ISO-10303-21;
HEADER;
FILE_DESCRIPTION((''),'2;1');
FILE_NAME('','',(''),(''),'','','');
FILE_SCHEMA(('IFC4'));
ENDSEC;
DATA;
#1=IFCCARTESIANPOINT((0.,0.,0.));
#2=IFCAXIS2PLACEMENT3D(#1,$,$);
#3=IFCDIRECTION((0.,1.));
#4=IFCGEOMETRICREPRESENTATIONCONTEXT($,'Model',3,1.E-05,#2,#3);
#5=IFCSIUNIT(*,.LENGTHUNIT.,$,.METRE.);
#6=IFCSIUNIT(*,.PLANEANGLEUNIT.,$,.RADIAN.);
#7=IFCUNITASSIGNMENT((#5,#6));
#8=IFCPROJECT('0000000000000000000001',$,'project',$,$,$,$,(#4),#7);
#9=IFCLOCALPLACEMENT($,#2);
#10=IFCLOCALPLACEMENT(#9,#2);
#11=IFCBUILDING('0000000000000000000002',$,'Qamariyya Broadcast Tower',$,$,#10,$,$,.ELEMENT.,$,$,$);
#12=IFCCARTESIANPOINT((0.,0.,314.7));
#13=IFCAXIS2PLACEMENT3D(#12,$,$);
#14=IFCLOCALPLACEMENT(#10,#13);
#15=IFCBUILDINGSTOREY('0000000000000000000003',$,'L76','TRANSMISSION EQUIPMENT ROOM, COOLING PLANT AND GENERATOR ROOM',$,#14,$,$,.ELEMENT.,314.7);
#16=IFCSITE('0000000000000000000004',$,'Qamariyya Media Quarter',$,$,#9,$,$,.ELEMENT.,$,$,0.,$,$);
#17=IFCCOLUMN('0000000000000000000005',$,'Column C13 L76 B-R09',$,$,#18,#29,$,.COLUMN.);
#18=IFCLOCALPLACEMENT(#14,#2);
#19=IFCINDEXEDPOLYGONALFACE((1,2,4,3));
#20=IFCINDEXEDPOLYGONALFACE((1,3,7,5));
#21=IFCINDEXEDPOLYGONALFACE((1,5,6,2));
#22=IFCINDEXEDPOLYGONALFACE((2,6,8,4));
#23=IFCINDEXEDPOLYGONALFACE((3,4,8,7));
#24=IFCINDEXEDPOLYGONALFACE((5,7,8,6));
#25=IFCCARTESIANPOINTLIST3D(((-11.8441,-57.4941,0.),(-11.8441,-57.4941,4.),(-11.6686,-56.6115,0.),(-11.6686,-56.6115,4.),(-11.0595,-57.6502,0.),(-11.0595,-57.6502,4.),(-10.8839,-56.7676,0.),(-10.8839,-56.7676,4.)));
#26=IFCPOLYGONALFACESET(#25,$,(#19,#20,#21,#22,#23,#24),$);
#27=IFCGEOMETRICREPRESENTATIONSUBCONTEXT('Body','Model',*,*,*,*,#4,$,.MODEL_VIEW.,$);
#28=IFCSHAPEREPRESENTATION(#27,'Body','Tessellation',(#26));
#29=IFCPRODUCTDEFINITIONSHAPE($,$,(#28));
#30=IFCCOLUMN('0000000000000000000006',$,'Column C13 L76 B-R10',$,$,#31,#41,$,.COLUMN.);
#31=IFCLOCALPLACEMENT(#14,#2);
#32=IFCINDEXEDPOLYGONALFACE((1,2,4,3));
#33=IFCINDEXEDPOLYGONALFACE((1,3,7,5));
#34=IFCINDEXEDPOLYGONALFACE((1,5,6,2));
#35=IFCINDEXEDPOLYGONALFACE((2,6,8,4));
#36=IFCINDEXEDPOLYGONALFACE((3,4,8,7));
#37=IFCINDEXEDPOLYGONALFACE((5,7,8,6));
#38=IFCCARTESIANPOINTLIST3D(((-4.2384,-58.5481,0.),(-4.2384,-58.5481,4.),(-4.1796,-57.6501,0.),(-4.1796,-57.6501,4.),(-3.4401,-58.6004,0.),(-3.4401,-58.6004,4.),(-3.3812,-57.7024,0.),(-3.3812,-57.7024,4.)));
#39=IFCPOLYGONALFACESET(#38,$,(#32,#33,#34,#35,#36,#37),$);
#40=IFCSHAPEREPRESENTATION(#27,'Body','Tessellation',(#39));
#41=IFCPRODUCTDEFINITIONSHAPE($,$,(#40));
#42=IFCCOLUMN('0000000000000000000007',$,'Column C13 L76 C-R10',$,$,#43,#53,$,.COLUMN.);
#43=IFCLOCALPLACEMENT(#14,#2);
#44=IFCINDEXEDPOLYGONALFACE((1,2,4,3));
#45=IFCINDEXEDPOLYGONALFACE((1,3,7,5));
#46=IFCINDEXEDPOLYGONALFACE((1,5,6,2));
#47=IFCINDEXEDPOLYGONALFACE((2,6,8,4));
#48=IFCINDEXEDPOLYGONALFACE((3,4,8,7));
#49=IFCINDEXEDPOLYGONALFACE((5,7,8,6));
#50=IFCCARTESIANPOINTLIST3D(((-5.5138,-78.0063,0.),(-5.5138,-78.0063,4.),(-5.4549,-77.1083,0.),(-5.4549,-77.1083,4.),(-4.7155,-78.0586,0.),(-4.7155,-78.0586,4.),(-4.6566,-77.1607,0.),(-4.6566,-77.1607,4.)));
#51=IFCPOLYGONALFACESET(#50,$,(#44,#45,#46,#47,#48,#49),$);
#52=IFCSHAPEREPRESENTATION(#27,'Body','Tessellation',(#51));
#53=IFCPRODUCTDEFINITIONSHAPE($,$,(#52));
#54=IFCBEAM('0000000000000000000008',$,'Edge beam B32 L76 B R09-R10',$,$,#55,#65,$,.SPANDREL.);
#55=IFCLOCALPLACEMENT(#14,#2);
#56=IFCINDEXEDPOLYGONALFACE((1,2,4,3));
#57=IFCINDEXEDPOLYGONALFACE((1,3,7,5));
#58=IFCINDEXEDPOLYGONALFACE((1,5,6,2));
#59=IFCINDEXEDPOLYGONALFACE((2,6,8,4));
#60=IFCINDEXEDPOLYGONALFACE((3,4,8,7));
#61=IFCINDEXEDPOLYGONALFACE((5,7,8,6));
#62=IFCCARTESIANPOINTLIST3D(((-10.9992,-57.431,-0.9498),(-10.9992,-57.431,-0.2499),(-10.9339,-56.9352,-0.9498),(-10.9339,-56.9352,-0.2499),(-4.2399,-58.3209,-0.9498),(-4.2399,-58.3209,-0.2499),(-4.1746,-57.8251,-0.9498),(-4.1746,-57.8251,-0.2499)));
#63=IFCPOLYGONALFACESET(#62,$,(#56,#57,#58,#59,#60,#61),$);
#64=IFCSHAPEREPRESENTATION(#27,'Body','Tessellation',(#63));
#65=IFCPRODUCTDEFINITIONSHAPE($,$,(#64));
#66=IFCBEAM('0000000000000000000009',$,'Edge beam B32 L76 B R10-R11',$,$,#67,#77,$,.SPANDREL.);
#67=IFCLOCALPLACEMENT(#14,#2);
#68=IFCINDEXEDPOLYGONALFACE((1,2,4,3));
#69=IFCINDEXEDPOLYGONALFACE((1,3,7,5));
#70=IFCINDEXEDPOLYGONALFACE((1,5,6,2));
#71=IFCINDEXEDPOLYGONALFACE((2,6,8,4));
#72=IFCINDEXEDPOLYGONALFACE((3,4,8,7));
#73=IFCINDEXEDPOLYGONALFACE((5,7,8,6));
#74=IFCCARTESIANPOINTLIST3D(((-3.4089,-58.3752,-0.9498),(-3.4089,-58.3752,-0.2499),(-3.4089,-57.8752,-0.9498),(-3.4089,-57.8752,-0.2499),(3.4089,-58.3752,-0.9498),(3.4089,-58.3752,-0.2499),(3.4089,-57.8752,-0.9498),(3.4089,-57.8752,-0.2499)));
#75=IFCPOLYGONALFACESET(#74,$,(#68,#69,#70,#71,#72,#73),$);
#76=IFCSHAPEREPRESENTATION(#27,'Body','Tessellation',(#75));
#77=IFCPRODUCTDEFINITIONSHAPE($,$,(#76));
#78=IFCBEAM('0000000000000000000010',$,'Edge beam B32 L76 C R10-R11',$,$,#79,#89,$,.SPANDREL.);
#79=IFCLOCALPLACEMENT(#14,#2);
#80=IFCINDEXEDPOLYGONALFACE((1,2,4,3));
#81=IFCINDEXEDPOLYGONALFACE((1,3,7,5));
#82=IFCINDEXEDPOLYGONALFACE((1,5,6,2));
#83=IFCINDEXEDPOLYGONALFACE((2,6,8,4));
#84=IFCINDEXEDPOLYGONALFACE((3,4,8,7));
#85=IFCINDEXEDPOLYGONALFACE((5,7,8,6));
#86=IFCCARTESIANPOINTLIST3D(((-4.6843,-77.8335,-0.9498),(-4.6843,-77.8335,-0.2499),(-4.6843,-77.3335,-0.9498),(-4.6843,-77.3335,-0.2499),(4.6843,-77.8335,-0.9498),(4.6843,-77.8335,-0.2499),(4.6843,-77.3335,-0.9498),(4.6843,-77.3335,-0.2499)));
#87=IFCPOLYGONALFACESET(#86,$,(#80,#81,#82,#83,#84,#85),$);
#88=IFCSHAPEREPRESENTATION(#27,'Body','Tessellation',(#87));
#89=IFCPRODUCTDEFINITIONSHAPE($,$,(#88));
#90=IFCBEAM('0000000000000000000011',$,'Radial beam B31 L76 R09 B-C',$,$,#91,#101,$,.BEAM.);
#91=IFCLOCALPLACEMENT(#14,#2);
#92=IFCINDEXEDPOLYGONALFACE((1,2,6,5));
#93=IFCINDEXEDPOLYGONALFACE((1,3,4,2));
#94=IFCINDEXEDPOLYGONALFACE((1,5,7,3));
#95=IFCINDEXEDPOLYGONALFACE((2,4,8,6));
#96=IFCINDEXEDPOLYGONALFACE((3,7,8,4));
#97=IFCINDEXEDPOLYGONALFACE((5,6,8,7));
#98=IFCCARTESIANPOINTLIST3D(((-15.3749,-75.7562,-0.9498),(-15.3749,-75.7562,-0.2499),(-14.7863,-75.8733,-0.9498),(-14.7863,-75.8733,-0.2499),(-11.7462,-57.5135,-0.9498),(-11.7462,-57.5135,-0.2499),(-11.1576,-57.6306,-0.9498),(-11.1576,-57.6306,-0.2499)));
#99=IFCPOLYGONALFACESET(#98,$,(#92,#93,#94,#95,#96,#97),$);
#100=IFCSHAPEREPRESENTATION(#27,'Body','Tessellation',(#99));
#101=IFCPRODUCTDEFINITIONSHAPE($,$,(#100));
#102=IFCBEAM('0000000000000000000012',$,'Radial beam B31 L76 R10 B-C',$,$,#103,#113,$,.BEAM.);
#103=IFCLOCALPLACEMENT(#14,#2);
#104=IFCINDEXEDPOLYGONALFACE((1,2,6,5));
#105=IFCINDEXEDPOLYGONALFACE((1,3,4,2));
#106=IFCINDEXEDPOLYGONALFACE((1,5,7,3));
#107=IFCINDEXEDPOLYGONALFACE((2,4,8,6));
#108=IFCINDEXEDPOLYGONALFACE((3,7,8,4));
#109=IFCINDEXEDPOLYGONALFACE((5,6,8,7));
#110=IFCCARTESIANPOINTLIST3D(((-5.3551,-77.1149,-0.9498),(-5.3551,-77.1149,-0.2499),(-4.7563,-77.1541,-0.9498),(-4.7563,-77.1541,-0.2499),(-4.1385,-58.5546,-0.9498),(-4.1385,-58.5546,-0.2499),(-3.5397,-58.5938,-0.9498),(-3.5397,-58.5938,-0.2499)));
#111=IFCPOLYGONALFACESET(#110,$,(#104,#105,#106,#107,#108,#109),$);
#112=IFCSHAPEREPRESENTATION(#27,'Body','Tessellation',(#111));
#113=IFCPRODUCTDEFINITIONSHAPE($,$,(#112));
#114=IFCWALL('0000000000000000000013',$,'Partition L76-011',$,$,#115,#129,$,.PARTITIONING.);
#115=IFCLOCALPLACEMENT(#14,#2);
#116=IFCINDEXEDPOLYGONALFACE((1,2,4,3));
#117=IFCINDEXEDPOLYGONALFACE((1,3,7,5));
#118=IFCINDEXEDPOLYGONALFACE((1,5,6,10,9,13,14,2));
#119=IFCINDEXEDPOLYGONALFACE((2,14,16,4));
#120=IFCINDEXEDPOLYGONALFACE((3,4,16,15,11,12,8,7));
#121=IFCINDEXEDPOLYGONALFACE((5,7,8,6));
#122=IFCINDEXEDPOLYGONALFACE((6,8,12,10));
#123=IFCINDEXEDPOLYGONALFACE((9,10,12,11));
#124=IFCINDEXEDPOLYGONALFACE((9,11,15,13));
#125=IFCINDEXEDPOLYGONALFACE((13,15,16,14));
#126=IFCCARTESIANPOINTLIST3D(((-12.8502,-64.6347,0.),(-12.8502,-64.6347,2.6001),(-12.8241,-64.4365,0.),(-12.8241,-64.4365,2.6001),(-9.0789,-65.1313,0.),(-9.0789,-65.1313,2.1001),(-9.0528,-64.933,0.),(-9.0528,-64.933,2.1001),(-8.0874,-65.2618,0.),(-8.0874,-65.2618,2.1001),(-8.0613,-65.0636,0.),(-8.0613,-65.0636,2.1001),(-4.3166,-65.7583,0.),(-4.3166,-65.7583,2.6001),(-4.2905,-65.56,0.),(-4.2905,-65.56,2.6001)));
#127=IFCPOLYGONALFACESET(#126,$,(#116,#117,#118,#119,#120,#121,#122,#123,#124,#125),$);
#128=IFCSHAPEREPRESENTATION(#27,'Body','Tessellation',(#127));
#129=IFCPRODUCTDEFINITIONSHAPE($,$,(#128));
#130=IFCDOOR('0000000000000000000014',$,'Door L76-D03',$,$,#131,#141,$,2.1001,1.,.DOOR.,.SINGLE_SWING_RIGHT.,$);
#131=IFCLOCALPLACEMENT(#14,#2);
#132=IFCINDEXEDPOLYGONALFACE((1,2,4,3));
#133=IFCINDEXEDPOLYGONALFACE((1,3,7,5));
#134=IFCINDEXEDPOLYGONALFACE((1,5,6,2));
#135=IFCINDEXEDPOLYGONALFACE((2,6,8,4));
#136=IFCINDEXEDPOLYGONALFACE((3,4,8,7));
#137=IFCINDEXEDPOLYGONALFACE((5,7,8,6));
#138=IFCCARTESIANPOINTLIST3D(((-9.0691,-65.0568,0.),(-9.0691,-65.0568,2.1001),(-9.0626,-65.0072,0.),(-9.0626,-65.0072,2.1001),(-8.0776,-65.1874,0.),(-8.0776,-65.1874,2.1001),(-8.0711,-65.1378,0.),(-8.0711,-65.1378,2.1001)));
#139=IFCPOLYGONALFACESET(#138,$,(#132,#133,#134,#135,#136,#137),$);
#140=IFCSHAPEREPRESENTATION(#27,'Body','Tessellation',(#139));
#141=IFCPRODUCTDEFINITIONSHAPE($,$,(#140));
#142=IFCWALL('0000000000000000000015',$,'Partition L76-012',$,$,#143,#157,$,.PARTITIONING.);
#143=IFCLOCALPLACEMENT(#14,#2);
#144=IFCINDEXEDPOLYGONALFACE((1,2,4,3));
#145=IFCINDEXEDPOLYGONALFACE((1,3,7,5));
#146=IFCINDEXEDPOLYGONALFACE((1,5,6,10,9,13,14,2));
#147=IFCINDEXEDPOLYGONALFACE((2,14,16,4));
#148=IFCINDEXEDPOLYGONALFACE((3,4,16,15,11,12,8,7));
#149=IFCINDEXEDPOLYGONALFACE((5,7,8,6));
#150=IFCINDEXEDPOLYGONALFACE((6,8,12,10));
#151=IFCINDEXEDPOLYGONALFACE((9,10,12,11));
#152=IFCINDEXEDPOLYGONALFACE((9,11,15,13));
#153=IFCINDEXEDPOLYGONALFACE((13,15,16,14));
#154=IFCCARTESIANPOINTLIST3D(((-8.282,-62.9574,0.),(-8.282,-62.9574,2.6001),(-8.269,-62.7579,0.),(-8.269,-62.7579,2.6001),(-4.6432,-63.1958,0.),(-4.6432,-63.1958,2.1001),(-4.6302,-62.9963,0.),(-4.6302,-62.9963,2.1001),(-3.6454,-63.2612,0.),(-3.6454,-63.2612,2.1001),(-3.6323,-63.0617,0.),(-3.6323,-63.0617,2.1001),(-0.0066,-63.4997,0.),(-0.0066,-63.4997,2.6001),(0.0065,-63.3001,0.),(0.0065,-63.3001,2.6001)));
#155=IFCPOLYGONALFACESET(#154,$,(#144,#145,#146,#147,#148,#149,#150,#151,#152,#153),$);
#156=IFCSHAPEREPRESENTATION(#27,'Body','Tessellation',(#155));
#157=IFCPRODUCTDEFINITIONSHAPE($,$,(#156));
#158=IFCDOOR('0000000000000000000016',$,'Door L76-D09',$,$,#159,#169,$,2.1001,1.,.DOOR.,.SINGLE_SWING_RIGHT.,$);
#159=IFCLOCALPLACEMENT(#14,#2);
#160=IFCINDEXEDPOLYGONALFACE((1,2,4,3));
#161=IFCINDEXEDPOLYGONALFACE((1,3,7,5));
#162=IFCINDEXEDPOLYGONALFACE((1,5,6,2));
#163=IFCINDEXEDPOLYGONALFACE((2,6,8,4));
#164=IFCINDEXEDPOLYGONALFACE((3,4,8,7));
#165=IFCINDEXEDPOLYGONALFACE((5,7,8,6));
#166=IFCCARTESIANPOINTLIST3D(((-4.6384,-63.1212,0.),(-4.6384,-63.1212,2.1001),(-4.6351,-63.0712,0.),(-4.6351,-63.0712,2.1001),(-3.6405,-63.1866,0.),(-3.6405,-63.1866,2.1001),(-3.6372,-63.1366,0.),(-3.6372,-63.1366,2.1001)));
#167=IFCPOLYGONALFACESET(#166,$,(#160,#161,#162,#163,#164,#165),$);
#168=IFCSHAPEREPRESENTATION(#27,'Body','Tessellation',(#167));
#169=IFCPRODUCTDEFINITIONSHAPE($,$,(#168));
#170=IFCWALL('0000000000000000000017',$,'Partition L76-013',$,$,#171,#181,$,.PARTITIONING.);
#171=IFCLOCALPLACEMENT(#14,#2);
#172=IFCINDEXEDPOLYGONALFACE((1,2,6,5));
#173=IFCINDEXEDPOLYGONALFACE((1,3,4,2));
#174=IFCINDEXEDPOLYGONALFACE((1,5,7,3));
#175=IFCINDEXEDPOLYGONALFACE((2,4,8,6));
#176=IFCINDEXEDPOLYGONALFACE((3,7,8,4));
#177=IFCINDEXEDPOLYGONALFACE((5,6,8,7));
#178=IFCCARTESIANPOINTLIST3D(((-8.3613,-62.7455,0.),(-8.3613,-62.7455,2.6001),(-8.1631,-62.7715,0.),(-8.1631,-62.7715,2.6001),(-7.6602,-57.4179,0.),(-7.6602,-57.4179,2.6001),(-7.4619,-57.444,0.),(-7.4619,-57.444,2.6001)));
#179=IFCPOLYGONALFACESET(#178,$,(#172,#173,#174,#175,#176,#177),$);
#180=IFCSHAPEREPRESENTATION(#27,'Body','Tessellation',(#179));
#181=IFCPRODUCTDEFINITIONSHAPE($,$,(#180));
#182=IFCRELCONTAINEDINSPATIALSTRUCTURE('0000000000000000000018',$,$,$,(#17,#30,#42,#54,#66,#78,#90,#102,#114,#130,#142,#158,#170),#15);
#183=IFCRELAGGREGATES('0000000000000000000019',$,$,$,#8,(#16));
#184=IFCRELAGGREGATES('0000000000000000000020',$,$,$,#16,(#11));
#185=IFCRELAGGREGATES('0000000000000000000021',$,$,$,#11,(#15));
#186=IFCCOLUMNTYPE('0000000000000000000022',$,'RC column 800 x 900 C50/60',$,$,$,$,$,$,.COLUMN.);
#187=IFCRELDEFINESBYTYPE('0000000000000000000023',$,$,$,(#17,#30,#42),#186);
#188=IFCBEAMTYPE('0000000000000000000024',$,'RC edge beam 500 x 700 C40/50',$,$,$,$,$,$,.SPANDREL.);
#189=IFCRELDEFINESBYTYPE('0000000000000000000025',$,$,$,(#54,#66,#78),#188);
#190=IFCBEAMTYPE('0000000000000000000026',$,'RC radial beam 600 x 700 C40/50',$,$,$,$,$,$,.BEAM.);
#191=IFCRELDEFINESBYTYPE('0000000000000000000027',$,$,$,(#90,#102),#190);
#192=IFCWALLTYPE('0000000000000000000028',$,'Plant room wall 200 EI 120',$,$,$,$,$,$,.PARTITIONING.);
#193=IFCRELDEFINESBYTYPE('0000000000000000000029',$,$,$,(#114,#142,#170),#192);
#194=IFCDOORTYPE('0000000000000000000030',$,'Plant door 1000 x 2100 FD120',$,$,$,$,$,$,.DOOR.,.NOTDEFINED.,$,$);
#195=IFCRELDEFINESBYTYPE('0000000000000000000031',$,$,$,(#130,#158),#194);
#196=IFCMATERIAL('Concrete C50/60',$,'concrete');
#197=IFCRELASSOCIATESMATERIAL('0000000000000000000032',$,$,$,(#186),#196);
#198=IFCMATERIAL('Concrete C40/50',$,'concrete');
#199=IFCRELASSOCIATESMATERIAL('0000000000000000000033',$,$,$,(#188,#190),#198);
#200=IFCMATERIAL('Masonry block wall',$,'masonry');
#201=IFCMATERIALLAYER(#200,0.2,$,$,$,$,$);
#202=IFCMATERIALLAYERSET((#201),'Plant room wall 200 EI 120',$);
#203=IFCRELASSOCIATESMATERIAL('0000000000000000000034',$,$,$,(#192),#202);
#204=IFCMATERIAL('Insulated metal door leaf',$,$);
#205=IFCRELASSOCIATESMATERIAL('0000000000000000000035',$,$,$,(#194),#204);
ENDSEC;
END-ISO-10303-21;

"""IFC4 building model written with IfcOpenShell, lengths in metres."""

from ifc_helpers import new_model, si_unit, direction, frame, frame_2d, origin, origin_2d, place, context, subcontext, project, spatial, rectangle, extrude, material, layer, layer_set, material_profile, profile_set, type_object, element, fill, save


model = new_model("IFC4")

# Units and contexts
model_context = context("Model", 3, precision=1e-05, world=origin(), true_north=direction((0.0, 1.0)))
body_context = subcontext(model_context, "Body", "Model", "MODEL_VIEW")
ifc_project = project(units=[si_unit("LENGTHUNIT", "METRE"), si_unit("PLANEANGLEUNIT", "RADIAN")], contexts=[model_context])

# Site, building, storey
site_placement = place(None, origin())
site = spatial("IfcSite", under=ifc_project, at=site_placement, Name="Qamariyya Media Quarter", CompositionType="ELEMENT", RefElevation=0.0)
building_placement = place(site_placement, origin())
building = spatial("IfcBuilding", under=site, at=building_placement, Name="Qamariyya Broadcast Tower", CompositionType="ELEMENT")
storey_placement = place(building_placement, frame((0.0, 0.0, 314.7)))
storey = spatial("IfcBuildingStorey", under=building, at=storey_placement, Name="L76", Description="TRANSMISSION EQUIPMENT ROOM, COOLING PLANT AND GENERATOR ROOM", CompositionType="ELEMENT", Elevation=314.7)

# Columns
ifc_material_1 = material(Name="Concrete C50/60", Category="concrete")
ifc_material_profile_1 = material_profile(ifc_material_1, rectangle(XDim=0.8, YDim=0.8999, at=origin_2d()))
ifc_profile_set_1 = profile_set([ifc_material_profile_1], Name="Concrete C50/60")
column_type = type_object("IfcColumnType", Name="RC column 800 x 900 C50/60", PredefinedType="COLUMN", material=ifc_profile_set_1)
for number, where, z_axis, x_axis, name in (
    (1, (-11.364, -57.1309, 0.0), (0.0, 0.0, 1.0), (0.980785, -0.19509, 0.0), "Column C13 L76 B-R09"),
    (2, (-3.8098, -58.1252, 0.0), (0.0, 0.0, 1.0), (0.997859, -0.065403, 0.0), "Column C13 L76 B-R10"),
    (3, (-5.0852, -77.5835, 0.0), (0.0, 0.0, 1.0), (0.997859, -0.065403, 0.0), "Column C13 L76 C-R10"),
):
    element("IfcColumn", number, at=place(storey_placement, frame(where, z_axis=z_axis, x_axis=x_axis)), inside=storey, type_object=column_type, Name=name, PredefinedType="COLUMN", context=body_context, shape_type="SweptSolid", body=[
        extrude(rectangle(XDim=0.8, YDim=0.8999, at=origin_2d()), origin(), (0.0, 0.0, 1.0), 4.0),
    ])

# Beams
ifc_material_2 = material(Name="Concrete C40/50", Category="concrete")
ifc_material_profile_2 = material_profile(ifc_material_2, rectangle(XDim=0.5, YDim=0.7, at=origin_2d()))
ifc_profile_set_2 = profile_set([ifc_material_profile_2], Name="Concrete C40/50")
beam_type_1 = type_object("IfcBeamType", Name="RC edge beam 500 x 700 C40/50", PredefinedType="SPANDREL", material=ifc_profile_set_2)
beam_1_placement = place(storey_placement, frame((-10.9666, -57.1831, -0.5999), z_axis=(0.991445, -0.130529, 0.0), x_axis=(0.130529, 0.991445, 0.0)))
element("IfcBeam", 4, at=beam_1_placement, inside=storey, type_object=beam_type_1, Name="Edge beam B32 L76 B R09-R10", PredefinedType="SPANDREL", context=body_context, shape_type="SweptSolid", body=[
    extrude(rectangle(XDim=0.5, YDim=0.7, at=origin_2d()), origin(), (0.0, 0.0, 1.0), 6.8176),
])
beam_2_placement = place(storey_placement, frame((-3.4089, -58.1252, -0.5999), z_axis=(1.0, 0.0, 0.0), x_axis=(0.0, 1.0, 0.0)))
element("IfcBeam", 5, at=beam_2_placement, inside=storey, type_object=beam_type_1, Name="Edge beam B32 L76 B R10-R11", PredefinedType="SPANDREL", context=body_context, shape_type="SweptSolid", body=[
    extrude(rectangle(XDim=0.5, YDim=0.7, at=origin_2d()), origin(), (0.0, 0.0, 1.0), 6.8179),
])
beam_3_placement = place(storey_placement, frame((-4.6843, -77.5835, -0.5999), z_axis=(1.0, 0.0, 0.0), x_axis=(0.0, 1.0, 0.0)))
element("IfcBeam", 6, at=beam_3_placement, inside=storey, type_object=beam_type_1, Name="Edge beam B32 L76 C R10-R11", PredefinedType="SPANDREL", context=body_context, shape_type="SweptSolid", body=[
    extrude(rectangle(XDim=0.5, YDim=0.7, at=origin_2d()), origin(), (0.0, 0.0, 1.0), 9.3687),
])
ifc_material_profile_3 = material_profile(ifc_material_2, rectangle(XDim=0.6001, YDim=0.7, at=origin_2d()))
ifc_profile_set_3 = profile_set([ifc_material_profile_3], Name="Concrete C40/50")
beam_type_2 = type_object("IfcBeamType", Name="RC radial beam 600 x 700 C40/50", PredefinedType="BEAM", material=ifc_profile_set_3)
for number, where, z_axis, x_axis, name in (
    (7, (-11.4519, -57.572, -0.5999), (-0.195089, -0.980786, 0.0), (0.980786, -0.195089, 0.0), "Radial beam B31 L76 R09 B-C"),
    (8, (-3.8391, -58.5742, -0.5999), (-0.065406, -0.997859, 0.0), (0.997859, -0.065406, 0.0), "Radial beam B31 L76 R10 B-C"),
):
    element("IfcBeam", number, at=place(storey_placement, frame(where, z_axis=z_axis, x_axis=x_axis)), inside=storey, type_object=beam_type_2, Name=name, PredefinedType="BEAM", context=body_context, shape_type="SweptSolid", body=[
        extrude(rectangle(XDim=0.6001, YDim=0.7, at=origin_2d()), origin(), (0.0, 0.0, 1.0), 18.6001),
    ])

# Walls, openings, doors
ifc_material_3 = material(Name="Masonry block wall", Category="masonry")
ifc_layer_1 = layer(ifc_material_3, 0.2)
ifc_layer_set_1 = layer_set([ifc_layer_1], Name="Plant room wall 200 EI 120")
wall_type_1 = type_object("IfcWallType", Name="Plant room wall 200 EI 120", PredefinedType="PARTITIONING", material=ifc_layer_set_1)
wall_1_placement = place(storey_placement, frame((-4.3035, -65.6592, 0.0), z_axis=(0.0, 0.0, 1.0), x_axis=(-0.991444, 0.130536, 0.0)))
wall_1 = element("IfcWall", 9, at=wall_1_placement, inside=storey, type_object=wall_type_1, Name="Partition L76-011", PredefinedType="PARTITIONING", context=body_context, shape_type="SweptSolid", body=[
    extrude(rectangle(XDim=8.6072, YDim=0.2, at=frame_2d((4.3037, 0.0))), origin(), (0.0, 0.0, 1.0), 2.6001),
])
opening_1_placement = place(wall_1_placement, frame((3.8035, 0.0, 0.0)))
opening_1 = element("IfcOpeningElement", 10, at=opening_1_placement, cuts=wall_1, PredefinedType="OPENING", context=body_context, shape_type="SweptSolid", body=[
    extrude(rectangle(XDim=1.0, YDim=2.1001, at=frame_2d((0.5, 1.05))), frame((0.0, 0.1099, 0.0), z_axis=(0.0, -1.0, 0.0), x_axis=(1.0, 0.0, 0.0)), (0.0, 0.0, 1.0), 0.22),
])
ifc_material_4 = material(Name="Insulated metal door leaf")
door_type = type_object("IfcDoorType", Name="Plant door 1000 x 2100 FD120", OperationType="NOTDEFINED", PredefinedType="DOOR", material=ifc_material_4)
door_1_placement = place(opening_1_placement, origin())
door_1 = element("IfcDoor", 11, at=door_1_placement, inside=storey, type_object=door_type, Name="Door L76-D03", OperationType="SINGLE_SWING_RIGHT", OverallHeight=2.1001, OverallWidth=1.0, PredefinedType="DOOR", context=body_context, shape_type="SweptSolid", body=[
    extrude(rectangle(XDim=1.0, YDim=2.1001, at=frame_2d((0.5, 1.05))), frame((0.0, 0.0249, 0.0), z_axis=(0.0, -1.0, 0.0), x_axis=(1.0, 0.0, 0.0)), (0.0, 0.0, 1.0), 0.05),
])
fill(opening_1, door_1)
wall_2_placement = place(storey_placement, frame((-8.2754, -62.8577, 0.0), z_axis=(0.0, 0.0, 1.0), x_axis=(0.99786, -0.065384, 0.0)))
wall_2 = element("IfcWall", 12, at=wall_2_placement, inside=storey, type_object=wall_type_1, Name="Partition L76-012", PredefinedType="PARTITIONING", context=body_context, shape_type="SweptSolid", body=[
    extrude(rectangle(XDim=8.2932, YDim=0.2, at=frame_2d((4.1465, 0.0))), origin(), (0.0, 0.0, 1.0), 2.6001),
])
opening_2_placement = place(wall_2_placement, frame((3.6465, 0.0, 0.0)))
opening_2 = element("IfcOpeningElement", 13, at=opening_2_placement, cuts=wall_2, PredefinedType="OPENING", context=body_context, shape_type="SweptSolid", body=[
    extrude(rectangle(XDim=1.0, YDim=2.1001, at=frame_2d((0.5, 1.05))), frame((0.0, 0.1099, 0.0), z_axis=(0.0, -1.0, 0.0), x_axis=(1.0, 0.0, 0.0)), (0.0, 0.0, 1.0), 0.22),
])
door_2_placement = place(opening_2_placement, origin())
door_2 = element("IfcDoor", 14, at=door_2_placement, inside=storey, type_object=door_type, Name="Door L76-D09", OperationType="SINGLE_SWING_RIGHT", OverallHeight=2.1001, OverallWidth=1.0, PredefinedType="DOOR", context=body_context, shape_type="SweptSolid", body=[
    extrude(rectangle(XDim=1.0, YDim=2.1001, at=frame_2d((0.5, 1.05))), frame((0.0, 0.0249, 0.0), z_axis=(0.0, -1.0, 0.0), x_axis=(1.0, 0.0, 0.0)), (0.0, 0.0, 1.0), 0.05),
])
fill(opening_2, door_2)

# Wall
wall_3_placement = place(storey_placement, frame((-7.561, -57.4309, 0.0), z_axis=(0.0, 0.0, 1.0), x_axis=(-0.130485, -0.99145, 0.0)))
element("IfcWall", 15, at=wall_3_placement, inside=storey, type_object=wall_type_1, Name="Partition L76-013", PredefinedType="PARTITIONING", context=body_context, shape_type="SweptSolid", body=[
    extrude(rectangle(XDim=5.3735, YDim=0.2, at=frame_2d((2.6868, 0.0))), origin(), (0.0, 0.0, 1.0), 2.6001),
])

save(model, "model.ifc")
